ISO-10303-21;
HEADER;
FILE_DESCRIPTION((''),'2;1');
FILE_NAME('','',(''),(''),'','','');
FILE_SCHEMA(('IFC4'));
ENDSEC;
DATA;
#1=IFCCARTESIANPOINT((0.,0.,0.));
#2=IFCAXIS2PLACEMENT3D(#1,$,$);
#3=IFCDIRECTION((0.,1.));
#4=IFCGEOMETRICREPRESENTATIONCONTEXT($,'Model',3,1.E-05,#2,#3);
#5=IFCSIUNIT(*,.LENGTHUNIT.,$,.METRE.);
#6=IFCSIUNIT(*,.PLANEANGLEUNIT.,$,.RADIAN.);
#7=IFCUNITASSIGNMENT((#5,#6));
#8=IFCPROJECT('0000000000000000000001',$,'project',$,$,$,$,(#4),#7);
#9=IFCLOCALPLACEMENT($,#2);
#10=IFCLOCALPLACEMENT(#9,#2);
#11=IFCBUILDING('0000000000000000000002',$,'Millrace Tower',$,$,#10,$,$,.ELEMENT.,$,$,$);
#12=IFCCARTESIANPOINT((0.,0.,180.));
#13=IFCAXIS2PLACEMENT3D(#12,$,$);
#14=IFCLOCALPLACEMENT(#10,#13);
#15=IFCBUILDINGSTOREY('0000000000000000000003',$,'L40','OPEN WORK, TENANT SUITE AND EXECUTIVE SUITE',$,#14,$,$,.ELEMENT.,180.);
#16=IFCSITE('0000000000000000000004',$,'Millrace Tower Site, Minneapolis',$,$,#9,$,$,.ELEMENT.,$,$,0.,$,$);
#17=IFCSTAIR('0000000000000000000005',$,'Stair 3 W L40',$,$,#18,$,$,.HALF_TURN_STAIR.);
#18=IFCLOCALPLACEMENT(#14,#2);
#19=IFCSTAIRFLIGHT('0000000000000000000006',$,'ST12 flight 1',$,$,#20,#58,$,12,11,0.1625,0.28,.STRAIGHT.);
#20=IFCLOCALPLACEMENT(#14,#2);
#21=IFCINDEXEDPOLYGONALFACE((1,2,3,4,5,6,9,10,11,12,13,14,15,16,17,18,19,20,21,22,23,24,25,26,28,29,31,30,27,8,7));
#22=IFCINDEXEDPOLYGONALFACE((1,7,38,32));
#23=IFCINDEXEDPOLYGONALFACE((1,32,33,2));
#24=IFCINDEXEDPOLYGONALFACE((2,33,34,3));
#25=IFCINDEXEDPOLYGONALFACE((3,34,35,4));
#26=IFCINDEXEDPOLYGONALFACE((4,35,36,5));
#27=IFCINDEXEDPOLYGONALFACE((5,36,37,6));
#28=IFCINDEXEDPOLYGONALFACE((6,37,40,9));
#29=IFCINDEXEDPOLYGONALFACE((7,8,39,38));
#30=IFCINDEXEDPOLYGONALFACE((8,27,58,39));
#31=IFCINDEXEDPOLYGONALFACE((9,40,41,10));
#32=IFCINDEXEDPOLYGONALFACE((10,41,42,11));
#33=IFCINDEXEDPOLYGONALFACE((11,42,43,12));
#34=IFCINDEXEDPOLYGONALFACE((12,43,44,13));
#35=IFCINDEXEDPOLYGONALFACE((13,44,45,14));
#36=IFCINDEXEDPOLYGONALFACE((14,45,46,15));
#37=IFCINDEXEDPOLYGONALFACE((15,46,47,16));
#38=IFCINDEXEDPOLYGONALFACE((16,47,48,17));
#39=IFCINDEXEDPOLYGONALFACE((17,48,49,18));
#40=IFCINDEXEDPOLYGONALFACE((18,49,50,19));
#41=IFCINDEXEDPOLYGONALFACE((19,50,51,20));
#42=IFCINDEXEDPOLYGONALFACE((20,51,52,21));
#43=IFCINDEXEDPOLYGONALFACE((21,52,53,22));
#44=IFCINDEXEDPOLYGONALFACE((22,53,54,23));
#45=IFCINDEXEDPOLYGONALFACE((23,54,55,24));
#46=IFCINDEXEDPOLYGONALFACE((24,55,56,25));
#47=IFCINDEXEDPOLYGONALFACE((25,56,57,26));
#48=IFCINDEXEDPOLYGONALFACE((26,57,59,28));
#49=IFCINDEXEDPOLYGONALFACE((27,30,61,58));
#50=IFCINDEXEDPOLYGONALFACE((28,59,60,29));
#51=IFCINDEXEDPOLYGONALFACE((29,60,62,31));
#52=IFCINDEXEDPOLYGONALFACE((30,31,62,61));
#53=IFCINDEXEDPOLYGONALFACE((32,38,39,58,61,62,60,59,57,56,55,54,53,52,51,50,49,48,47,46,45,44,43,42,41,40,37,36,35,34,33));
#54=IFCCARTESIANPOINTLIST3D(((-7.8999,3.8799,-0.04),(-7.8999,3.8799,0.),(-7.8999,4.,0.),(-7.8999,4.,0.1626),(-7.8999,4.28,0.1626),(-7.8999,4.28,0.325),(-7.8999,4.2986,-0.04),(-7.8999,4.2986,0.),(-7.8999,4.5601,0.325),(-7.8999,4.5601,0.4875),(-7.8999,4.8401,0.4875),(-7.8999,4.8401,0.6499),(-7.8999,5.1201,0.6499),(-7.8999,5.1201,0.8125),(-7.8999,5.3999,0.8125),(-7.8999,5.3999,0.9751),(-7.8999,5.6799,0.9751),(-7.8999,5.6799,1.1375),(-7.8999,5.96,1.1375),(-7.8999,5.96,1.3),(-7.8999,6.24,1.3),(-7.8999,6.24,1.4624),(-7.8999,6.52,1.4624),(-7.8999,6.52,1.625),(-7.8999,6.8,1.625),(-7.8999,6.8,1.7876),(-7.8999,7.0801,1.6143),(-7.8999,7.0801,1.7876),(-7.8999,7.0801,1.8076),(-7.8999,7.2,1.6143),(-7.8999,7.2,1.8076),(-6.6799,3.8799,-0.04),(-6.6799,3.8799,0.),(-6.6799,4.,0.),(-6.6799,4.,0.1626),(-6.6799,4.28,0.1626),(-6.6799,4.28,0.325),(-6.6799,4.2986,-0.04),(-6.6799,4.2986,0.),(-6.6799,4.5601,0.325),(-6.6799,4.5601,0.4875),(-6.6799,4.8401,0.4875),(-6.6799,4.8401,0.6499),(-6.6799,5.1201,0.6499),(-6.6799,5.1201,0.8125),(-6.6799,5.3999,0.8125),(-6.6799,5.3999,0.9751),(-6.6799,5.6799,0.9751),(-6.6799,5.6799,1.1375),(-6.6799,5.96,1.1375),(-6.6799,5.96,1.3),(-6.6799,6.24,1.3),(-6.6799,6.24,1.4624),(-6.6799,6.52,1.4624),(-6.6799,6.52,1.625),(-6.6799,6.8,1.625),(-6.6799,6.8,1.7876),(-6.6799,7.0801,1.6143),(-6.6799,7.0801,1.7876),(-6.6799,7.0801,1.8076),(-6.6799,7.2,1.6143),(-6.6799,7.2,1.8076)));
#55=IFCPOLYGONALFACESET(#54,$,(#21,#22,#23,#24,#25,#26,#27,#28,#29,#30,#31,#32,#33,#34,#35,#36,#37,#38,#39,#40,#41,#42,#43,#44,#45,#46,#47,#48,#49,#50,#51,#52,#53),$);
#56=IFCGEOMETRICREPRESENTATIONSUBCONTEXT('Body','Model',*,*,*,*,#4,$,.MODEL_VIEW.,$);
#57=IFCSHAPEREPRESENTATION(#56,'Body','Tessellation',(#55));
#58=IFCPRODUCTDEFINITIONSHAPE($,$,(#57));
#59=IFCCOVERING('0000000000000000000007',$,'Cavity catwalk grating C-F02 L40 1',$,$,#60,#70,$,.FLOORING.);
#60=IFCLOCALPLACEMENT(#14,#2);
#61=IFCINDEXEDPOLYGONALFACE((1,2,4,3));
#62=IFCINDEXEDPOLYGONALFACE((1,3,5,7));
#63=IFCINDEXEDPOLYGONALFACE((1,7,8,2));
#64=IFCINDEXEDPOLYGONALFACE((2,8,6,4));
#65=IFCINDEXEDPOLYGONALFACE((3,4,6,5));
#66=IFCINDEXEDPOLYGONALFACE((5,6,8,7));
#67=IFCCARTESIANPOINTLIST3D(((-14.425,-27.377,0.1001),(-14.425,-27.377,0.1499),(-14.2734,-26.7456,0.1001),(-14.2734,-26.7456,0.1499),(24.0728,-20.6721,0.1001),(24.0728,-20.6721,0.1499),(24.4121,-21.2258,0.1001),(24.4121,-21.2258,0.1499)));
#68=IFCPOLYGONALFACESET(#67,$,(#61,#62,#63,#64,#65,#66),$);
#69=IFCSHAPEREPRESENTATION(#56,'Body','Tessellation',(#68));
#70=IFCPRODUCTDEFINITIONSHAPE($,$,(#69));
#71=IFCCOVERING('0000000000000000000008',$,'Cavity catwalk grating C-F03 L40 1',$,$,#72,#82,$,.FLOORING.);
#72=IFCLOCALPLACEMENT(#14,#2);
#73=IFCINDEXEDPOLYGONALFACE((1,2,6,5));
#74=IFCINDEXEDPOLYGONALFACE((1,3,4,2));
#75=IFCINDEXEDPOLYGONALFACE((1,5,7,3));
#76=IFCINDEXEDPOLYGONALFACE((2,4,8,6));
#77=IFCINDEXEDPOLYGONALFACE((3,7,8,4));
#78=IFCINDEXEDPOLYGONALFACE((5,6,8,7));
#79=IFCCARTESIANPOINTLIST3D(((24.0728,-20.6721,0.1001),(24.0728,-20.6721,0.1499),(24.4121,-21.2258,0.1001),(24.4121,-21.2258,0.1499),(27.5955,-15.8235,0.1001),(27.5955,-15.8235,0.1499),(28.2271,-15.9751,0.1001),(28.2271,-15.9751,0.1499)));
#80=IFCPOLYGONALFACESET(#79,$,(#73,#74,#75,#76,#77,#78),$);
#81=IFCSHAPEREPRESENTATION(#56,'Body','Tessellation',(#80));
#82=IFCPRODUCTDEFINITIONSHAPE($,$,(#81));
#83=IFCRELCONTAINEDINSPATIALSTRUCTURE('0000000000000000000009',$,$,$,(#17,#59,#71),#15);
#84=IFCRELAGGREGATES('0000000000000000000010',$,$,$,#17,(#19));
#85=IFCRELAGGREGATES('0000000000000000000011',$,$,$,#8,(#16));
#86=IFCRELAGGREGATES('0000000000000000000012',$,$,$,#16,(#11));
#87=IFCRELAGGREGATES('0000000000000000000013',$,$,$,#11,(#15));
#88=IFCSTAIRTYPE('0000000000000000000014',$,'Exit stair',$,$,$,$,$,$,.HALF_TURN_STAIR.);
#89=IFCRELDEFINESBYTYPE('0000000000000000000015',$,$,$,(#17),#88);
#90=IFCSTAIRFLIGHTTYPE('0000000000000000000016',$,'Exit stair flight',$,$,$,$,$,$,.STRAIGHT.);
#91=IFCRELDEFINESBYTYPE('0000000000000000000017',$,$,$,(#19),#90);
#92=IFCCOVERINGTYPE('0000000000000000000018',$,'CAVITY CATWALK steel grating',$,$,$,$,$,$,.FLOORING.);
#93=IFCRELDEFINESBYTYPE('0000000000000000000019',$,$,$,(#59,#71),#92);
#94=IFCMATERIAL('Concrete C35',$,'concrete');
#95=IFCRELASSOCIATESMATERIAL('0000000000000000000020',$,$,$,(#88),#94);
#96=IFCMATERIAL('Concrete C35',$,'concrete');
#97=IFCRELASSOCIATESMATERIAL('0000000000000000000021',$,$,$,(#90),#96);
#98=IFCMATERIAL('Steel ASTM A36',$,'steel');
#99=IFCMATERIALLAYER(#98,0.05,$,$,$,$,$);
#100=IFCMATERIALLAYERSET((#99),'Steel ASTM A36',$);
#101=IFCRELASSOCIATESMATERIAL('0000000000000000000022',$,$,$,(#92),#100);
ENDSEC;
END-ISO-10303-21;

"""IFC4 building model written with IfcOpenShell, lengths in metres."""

from ifc_helpers import new_model, si_unit, direction, frame, origin, place, context, subcontext, project, spatial, polyline, outline, extrude, material, layer, layer_set, type_object, element, aggregate, save


model = new_model("IFC4")

# Units and contexts
model_context = context("Model", 3, precision=1e-05, world=origin(), true_north=direction((0.0, 1.0)))
body_context = subcontext(model_context, "Body", "Model", "MODEL_VIEW")
ifc_project = project(units=[si_unit("LENGTHUNIT", "METRE"), si_unit("PLANEANGLEUNIT", "RADIAN")], contexts=[model_context])

# Site, building, storey
site_placement = place(None, origin())
site = spatial("IfcSite", under=ifc_project, at=site_placement, Name="Millrace Tower Site, Minneapolis", CompositionType="ELEMENT", RefElevation=0.0)
building_placement = place(site_placement, origin())
building = spatial("IfcBuilding", under=site, at=building_placement, Name="Millrace Tower", CompositionType="ELEMENT")
storey_placement = place(building_placement, frame((0.0, 0.0, 180.0)))
storey = spatial("IfcBuildingStorey", under=building, at=storey_placement, Name="L40", Description="OPEN WORK, TENANT SUITE AND EXECUTIVE SUITE", CompositionType="ELEMENT", Elevation=180.0)

# Shared definitions
placement_1 = place(storey_placement, origin())

# Stair, stair flight
ifc_material_1 = material(Name="Concrete C35", Category="concrete")
stair_type = type_object("IfcStairType", Name="Exit stair", PredefinedType="HALF_TURN_STAIR", material=ifc_material_1)
ifc_material_2 = material(Name="Concrete C35", Category="concrete")
stair_flight_type = type_object("IfcStairFlightType", Name="Exit stair flight", PredefinedType="STRAIGHT", material=ifc_material_2)
stair_1 = element("IfcStair", 1, at=placement_1, inside=storey, type_object=stair_type, Name="Stair 3 W L40", PredefinedType="HALF_TURN_STAIR")
stair_flight_1_placement = place(storey_placement, frame((-7.29, 4.0, 0.0), z_axis=(0.0, 0.0, 1.0), x_axis=(0.0, 1.0, 0.0)))
stair_flight_1 = element("IfcStairFlight", 2, at=stair_flight_1_placement, type_object=stair_flight_type, Name="ST12 flight 1", NumberOfRisers=12, NumberOfTreads=11, PredefinedType="STRAIGHT", RiserHeight=0.1625, TreadLength=0.28, context=body_context, shape_type="SweptSolid", body=[
    extrude(outline(polyline([(-0.1201, -0.04), (-0.1201, 0.0), (0.0, 0.0), (0.0, 0.1626), (0.28, 0.1626), (0.28, 0.325), (0.5601, 0.325), (0.5601, 0.4875), (0.8401, 0.4875), (0.8401, 0.6499), (1.1201, 0.6499), (1.1201, 0.8125), (1.3999, 0.8125), (1.3999, 0.9751), (1.6799, 0.9751), (1.6799, 1.1375), (1.96, 1.1375), (1.96, 1.3), (2.24, 1.3), (2.24, 1.4624), (2.52, 1.4624), (2.52, 1.625), (2.8, 1.625), (2.8, 1.7876), (3.0801, 1.7876), (3.0801, 1.8076), (3.2, 1.8076), (3.2, 1.6143), (3.0801, 1.6143), (0.2986, 0.0), (0.2986, -0.04), (-0.1201, -0.04)])), frame((0.0, 0.6099, 0.0), z_axis=(0.0, -1.0, 0.0), x_axis=(1.0, 0.0, 0.0)), (0.0, 0.0, 1.0), 1.22),
])
aggregate(stair_1, [stair_flight_1])

# Coverings
ifc_material_3 = material(Name="Steel ASTM A36", Category="steel")
ifc_layer_1 = layer(ifc_material_3, 0.05)
ifc_layer_set_1 = layer_set([ifc_layer_1], Name="Steel ASTM A36")
covering_type = type_object("IfcCoveringType", Name="CAVITY CATWALK steel grating", PredefinedType="FLOORING", material=ifc_layer_set_1)
placement_2 = place(storey_placement, frame((0.0, 0.0, 0.1001)))
element("IfcCovering", 3, at=placement_2, inside=storey, type_object=covering_type, Name="Cavity catwalk grating C-F02 L40 1", PredefinedType="FLOORING", context=body_context, shape_type="SweptSolid", body=[
    extrude(outline(polyline([(-14.425, -27.377), (24.4121, -21.2258), (24.0728, -20.6721), (-14.2734, -26.7456), (-14.425, -27.377)])), origin(), (0.0, 0.0, 1.0), 0.0498),
])
element("IfcCovering", 4, at=placement_2, inside=storey, type_object=covering_type, Name="Cavity catwalk grating C-F03 L40 1", PredefinedType="FLOORING", context=body_context, shape_type="SweptSolid", body=[
    extrude(outline(polyline([(24.4121, -21.2258), (28.2271, -15.9751), (27.5955, -15.8235), (24.0728, -20.6721), (24.4121, -21.2258)])), origin(), (0.0, 0.0, 1.0), 0.0498),
])

save(model, "model.ifc")
